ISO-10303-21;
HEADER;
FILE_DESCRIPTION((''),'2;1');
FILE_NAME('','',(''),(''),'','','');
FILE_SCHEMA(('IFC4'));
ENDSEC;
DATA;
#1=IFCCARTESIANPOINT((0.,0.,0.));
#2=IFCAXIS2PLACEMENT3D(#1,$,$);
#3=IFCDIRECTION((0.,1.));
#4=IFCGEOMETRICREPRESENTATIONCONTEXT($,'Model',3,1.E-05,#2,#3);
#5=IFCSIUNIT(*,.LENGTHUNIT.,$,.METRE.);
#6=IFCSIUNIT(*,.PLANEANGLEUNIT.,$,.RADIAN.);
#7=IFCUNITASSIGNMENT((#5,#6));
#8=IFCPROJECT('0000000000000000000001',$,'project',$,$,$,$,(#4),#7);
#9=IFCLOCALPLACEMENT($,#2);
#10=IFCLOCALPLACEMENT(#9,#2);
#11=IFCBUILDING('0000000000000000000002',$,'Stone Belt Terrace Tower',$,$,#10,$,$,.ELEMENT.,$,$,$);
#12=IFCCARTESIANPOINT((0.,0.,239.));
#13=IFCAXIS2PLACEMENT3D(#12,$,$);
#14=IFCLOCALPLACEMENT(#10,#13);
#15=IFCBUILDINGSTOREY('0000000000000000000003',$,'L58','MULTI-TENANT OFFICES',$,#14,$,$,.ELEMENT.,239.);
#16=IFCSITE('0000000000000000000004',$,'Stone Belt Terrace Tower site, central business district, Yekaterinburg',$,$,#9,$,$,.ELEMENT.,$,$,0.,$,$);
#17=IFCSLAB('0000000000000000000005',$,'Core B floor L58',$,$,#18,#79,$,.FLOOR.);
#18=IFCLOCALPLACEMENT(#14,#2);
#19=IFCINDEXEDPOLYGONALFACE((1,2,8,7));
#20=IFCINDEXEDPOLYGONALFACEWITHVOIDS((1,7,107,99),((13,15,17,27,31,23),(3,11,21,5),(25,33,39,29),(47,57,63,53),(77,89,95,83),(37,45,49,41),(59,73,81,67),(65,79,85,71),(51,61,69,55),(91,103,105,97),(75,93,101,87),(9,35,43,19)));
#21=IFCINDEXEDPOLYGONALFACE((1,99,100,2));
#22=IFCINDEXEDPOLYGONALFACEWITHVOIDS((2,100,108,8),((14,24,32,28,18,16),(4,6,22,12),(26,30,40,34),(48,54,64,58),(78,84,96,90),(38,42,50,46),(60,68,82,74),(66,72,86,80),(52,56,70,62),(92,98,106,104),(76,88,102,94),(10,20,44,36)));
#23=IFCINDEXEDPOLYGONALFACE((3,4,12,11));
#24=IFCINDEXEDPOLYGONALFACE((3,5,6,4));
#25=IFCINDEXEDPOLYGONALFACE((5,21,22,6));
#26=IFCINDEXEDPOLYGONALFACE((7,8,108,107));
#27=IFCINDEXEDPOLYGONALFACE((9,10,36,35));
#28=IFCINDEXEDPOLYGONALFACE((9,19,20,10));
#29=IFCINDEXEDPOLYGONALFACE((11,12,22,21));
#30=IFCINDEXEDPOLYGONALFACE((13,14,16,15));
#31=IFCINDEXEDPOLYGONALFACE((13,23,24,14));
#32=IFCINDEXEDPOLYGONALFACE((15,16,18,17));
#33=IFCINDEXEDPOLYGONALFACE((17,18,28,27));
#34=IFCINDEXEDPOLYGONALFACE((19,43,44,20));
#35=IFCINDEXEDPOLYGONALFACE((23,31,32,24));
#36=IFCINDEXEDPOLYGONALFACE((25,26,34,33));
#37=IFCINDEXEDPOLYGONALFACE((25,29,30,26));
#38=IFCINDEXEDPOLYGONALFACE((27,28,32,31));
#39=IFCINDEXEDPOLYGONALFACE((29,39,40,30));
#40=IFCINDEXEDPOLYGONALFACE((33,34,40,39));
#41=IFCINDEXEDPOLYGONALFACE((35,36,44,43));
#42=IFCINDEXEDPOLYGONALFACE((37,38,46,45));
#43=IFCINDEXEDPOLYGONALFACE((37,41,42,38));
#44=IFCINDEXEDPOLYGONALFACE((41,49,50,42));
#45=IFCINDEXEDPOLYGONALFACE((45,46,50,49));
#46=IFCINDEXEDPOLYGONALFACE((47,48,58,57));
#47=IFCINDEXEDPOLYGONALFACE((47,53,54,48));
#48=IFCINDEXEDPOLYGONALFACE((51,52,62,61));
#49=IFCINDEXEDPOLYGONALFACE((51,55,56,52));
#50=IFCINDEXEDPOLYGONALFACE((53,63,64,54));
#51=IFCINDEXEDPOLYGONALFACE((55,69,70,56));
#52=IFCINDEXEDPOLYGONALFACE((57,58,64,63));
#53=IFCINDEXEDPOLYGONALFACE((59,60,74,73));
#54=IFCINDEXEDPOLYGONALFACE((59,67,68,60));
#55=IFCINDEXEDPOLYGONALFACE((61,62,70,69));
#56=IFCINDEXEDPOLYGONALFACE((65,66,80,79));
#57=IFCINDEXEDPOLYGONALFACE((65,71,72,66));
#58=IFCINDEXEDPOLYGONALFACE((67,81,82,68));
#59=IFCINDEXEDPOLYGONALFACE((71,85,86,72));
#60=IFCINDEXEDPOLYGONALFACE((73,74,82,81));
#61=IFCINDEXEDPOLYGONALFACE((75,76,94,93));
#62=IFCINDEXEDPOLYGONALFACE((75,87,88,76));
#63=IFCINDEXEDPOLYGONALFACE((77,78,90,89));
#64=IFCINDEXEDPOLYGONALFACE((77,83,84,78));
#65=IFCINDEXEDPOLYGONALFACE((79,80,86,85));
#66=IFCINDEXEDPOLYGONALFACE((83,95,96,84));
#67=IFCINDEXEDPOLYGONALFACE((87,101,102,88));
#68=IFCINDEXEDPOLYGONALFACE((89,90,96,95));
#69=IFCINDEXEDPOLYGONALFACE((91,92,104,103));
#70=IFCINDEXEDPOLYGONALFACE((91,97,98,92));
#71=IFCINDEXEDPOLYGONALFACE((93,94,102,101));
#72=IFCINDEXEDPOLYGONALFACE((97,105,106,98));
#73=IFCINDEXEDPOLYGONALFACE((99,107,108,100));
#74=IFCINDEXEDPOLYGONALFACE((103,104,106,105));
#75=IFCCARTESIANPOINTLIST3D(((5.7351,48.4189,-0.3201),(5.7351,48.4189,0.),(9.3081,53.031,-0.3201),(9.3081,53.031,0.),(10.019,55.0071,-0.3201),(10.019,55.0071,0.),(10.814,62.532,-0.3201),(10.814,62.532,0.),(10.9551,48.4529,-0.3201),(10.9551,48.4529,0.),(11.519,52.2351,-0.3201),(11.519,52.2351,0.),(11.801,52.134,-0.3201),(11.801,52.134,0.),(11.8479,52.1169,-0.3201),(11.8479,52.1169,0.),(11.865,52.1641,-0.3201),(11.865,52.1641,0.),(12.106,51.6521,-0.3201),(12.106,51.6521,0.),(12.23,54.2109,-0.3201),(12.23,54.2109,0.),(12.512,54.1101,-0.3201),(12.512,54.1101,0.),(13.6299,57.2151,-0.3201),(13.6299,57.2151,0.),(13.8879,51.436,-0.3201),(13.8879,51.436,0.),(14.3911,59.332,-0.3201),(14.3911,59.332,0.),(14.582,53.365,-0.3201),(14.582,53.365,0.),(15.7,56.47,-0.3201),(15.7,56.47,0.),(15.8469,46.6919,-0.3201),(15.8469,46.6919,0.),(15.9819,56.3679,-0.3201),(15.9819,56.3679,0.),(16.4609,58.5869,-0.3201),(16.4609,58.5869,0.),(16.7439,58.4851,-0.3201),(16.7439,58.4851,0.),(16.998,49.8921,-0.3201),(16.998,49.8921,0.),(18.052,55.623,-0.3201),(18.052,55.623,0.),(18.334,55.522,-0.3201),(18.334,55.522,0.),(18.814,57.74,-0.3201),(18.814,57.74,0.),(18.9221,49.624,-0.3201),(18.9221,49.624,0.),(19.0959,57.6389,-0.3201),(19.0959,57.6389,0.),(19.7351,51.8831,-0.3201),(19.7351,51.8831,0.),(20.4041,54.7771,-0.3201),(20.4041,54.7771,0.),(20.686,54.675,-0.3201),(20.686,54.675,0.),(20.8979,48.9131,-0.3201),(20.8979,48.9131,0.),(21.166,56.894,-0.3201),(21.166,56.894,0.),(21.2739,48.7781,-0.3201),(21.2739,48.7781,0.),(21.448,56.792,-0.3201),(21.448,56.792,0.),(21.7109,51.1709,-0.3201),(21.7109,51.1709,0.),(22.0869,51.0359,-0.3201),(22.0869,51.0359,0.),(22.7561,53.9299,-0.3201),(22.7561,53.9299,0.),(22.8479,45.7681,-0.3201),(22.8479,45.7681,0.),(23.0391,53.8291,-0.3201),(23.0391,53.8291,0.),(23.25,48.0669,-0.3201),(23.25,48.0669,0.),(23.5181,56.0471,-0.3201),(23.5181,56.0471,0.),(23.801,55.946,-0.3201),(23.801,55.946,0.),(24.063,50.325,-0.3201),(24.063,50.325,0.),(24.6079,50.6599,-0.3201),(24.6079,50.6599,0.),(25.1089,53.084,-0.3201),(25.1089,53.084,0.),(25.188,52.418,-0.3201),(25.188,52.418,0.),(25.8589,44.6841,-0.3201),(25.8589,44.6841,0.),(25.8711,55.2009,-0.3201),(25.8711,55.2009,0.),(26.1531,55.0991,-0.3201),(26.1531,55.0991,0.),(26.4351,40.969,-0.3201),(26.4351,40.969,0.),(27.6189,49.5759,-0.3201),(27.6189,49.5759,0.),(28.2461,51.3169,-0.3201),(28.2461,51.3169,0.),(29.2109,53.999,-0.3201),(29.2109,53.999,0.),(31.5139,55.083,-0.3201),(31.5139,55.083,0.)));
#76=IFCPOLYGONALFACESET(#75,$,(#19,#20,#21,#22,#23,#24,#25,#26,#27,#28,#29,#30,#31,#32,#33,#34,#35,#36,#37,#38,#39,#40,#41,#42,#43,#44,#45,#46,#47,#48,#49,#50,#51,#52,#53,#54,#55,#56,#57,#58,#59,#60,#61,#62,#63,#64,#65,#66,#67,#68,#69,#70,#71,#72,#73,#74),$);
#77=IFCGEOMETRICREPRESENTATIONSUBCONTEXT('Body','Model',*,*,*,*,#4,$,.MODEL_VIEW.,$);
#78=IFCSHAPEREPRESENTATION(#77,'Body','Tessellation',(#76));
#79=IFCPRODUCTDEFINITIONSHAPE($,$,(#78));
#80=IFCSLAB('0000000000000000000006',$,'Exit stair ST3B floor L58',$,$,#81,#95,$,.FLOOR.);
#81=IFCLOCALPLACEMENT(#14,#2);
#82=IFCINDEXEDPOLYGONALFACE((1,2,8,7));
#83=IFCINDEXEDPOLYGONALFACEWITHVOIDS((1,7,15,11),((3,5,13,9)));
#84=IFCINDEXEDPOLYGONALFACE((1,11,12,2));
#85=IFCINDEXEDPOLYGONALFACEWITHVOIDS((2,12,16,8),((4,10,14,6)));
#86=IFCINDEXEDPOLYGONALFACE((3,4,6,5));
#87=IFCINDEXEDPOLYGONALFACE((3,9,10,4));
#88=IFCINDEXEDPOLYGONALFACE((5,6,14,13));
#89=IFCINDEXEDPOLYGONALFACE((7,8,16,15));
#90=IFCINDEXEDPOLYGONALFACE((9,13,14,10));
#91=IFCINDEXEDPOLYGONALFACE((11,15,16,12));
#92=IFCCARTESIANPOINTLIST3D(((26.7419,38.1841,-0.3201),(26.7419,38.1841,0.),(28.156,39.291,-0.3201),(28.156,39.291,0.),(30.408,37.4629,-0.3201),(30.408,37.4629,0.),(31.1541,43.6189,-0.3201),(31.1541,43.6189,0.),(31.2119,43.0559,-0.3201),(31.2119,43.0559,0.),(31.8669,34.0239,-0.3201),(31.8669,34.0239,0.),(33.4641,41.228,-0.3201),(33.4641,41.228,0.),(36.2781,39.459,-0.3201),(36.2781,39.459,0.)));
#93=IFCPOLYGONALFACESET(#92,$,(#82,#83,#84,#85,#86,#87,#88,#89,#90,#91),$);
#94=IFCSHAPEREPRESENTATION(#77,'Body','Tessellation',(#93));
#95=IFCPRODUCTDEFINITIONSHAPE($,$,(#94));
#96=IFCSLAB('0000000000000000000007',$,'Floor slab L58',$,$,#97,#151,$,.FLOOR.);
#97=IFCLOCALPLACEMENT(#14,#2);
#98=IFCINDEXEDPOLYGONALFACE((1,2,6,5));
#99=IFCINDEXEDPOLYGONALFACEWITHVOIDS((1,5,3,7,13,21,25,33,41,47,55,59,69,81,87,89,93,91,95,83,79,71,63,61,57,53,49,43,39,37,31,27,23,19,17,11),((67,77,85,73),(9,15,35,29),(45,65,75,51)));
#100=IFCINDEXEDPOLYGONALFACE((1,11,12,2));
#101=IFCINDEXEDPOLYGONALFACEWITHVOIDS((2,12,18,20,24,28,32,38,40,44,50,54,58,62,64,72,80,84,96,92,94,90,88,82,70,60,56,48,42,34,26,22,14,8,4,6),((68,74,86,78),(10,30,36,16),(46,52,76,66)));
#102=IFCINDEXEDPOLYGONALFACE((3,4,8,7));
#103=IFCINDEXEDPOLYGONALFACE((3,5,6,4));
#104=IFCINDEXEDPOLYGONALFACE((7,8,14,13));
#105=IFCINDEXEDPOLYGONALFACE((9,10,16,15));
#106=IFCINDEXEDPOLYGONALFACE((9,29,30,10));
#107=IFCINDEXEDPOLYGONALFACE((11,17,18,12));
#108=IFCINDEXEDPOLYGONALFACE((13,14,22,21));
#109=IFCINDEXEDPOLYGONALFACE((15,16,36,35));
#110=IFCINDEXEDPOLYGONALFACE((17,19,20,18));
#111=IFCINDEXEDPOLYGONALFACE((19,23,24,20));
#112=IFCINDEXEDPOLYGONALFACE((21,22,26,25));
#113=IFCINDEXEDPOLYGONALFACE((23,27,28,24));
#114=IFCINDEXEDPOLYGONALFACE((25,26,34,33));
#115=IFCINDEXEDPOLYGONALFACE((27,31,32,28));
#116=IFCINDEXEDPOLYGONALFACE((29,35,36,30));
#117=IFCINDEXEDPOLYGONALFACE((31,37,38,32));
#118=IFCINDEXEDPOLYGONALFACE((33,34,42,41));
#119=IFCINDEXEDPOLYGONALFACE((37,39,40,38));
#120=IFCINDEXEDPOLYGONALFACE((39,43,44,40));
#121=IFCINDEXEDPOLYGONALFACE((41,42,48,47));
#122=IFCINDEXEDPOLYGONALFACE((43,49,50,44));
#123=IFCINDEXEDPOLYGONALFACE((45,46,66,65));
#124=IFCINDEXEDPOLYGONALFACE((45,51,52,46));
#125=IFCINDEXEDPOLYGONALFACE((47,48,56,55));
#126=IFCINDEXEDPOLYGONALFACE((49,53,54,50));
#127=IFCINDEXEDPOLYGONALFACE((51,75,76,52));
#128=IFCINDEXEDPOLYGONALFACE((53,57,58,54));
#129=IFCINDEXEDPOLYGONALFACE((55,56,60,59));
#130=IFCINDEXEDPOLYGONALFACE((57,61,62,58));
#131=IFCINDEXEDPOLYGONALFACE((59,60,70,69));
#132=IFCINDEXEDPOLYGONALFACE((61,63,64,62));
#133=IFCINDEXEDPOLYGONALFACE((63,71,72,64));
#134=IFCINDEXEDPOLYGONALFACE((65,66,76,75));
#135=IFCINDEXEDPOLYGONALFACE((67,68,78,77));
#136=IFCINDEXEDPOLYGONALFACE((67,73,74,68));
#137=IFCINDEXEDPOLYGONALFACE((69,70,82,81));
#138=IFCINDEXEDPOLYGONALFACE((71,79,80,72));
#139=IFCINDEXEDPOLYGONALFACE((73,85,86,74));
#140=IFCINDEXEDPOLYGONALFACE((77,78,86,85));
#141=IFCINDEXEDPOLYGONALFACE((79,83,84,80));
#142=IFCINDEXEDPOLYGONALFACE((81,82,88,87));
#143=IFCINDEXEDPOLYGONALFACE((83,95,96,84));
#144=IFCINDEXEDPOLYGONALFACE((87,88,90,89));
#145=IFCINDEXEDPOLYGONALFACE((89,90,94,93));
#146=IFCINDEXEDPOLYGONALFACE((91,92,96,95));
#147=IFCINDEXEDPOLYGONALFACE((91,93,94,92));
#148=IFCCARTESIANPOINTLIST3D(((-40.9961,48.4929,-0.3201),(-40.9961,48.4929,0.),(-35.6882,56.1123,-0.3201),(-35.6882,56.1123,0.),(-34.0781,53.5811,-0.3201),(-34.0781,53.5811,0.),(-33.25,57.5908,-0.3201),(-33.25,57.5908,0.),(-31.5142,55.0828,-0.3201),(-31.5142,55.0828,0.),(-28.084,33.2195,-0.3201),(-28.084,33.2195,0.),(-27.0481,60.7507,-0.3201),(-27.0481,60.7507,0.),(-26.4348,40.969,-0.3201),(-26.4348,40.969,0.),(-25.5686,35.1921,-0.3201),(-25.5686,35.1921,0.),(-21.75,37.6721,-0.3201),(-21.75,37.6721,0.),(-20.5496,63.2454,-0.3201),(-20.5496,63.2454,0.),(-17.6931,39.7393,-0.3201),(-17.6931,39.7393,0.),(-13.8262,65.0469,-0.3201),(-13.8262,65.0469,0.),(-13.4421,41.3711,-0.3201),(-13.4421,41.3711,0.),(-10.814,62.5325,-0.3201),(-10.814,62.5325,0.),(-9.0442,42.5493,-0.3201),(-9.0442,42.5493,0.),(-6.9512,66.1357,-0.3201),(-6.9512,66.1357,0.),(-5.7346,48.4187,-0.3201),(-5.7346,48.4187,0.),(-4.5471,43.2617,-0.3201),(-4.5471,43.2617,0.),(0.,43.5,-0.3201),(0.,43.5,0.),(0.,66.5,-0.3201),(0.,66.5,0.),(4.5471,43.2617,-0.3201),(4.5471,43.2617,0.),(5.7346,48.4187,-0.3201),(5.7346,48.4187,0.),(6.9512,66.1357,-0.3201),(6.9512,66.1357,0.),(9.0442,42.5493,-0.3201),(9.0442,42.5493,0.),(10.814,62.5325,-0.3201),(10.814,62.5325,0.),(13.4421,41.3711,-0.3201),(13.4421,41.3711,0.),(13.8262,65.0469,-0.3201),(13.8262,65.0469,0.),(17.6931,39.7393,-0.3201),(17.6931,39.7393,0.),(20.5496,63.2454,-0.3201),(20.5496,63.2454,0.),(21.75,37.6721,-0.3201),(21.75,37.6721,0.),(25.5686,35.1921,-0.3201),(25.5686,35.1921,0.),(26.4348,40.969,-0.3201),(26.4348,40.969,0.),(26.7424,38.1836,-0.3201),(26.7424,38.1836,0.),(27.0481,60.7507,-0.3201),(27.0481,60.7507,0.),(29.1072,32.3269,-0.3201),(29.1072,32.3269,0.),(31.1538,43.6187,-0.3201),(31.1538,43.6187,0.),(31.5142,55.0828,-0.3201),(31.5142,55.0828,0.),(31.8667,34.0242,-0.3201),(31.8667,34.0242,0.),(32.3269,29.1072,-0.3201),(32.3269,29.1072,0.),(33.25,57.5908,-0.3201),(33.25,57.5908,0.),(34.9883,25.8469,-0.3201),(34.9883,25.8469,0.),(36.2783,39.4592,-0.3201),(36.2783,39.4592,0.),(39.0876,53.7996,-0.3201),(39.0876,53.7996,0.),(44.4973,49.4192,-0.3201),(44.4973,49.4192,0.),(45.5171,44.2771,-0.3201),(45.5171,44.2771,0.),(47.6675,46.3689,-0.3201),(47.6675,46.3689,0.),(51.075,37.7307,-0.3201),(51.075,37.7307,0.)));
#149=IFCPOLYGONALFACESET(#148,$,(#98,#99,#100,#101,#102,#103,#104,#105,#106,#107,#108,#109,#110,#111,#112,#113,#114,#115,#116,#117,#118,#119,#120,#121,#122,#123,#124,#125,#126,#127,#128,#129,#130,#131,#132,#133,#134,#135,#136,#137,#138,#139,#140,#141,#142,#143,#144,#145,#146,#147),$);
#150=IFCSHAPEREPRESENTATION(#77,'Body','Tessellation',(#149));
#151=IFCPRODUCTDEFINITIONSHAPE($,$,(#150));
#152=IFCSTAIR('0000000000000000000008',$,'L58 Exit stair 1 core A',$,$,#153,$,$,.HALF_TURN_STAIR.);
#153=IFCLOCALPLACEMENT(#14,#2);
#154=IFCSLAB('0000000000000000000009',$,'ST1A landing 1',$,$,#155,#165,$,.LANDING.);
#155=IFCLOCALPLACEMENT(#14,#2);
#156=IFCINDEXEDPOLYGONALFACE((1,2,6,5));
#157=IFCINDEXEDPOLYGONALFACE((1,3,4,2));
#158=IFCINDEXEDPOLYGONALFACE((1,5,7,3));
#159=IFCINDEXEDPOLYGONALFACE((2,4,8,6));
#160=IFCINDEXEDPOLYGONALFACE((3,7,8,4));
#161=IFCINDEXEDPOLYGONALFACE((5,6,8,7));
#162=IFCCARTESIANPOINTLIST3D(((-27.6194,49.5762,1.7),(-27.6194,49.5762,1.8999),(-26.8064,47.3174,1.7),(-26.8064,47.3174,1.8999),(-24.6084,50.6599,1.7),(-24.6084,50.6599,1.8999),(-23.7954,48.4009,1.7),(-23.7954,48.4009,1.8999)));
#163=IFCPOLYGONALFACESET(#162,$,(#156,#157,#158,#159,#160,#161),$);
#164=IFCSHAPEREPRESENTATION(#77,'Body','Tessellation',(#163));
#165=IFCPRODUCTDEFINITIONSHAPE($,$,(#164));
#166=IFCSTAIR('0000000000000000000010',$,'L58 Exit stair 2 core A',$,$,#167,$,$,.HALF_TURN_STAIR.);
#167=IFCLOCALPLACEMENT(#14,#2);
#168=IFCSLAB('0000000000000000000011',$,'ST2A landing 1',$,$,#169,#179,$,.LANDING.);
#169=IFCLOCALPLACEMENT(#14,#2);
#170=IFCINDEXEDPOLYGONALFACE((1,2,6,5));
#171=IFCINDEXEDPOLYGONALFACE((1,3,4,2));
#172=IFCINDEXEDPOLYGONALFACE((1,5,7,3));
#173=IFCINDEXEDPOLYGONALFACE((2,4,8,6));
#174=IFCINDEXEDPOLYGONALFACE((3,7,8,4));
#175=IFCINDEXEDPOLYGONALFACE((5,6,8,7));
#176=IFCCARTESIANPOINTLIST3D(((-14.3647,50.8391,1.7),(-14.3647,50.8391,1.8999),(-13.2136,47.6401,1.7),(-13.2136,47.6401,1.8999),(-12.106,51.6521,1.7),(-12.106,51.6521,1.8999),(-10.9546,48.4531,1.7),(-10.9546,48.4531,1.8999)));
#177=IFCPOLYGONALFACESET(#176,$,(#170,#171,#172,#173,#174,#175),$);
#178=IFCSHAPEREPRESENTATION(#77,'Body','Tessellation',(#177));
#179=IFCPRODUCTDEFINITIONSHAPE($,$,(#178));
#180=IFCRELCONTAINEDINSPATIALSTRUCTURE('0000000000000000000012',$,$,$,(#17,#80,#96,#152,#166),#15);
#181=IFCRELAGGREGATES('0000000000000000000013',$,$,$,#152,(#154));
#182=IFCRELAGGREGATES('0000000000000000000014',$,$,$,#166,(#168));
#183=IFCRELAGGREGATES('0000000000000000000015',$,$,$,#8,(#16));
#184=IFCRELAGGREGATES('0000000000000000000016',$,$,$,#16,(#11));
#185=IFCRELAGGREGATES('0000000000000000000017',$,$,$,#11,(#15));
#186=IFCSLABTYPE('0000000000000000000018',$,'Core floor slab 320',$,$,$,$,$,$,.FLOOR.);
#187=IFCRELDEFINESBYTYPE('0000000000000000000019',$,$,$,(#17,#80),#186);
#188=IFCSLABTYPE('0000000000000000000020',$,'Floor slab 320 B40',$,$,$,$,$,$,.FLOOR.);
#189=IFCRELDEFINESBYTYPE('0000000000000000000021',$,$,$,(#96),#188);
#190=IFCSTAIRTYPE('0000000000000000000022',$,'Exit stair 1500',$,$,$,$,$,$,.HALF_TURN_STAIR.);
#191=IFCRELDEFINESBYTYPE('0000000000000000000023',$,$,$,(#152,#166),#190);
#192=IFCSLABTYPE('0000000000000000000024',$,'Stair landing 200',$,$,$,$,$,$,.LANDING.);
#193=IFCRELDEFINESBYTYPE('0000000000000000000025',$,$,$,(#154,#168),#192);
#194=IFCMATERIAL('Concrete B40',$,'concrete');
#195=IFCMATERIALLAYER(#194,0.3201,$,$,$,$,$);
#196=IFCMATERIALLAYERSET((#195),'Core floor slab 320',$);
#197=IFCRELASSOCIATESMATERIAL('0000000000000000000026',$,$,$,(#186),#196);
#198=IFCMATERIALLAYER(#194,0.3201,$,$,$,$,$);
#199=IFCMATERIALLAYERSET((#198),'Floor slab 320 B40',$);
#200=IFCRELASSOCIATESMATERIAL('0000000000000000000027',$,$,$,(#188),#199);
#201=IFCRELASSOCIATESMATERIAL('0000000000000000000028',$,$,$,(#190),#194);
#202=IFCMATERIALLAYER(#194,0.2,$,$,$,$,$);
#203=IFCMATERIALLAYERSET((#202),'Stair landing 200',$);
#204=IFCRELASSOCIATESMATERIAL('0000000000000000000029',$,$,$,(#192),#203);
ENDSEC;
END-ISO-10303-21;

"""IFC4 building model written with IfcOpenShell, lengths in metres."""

from ifc_helpers import new_model, si_unit, direction, frame, origin, place, context, subcontext, project, spatial, polyline, outline, extrude, material, layer, layer_set, type_object, element, aggregate, save


model = new_model("IFC4")

# Units and contexts
model_context = context("Model", 3, precision=1e-05, world=origin(), true_north=direction((0.0, 1.0)))
body_context = subcontext(model_context, "Body", "Model", "MODEL_VIEW")
ifc_project = project(units=[si_unit("LENGTHUNIT", "METRE"), si_unit("PLANEANGLEUNIT", "RADIAN")], contexts=[model_context])

# Site, building, storey
site_placement = place(None, origin())
site = spatial("IfcSite", under=ifc_project, at=site_placement, Name="Stone Belt Terrace Tower site, central business district, Yekaterinburg", CompositionType="ELEMENT", RefElevation=0.0)
building_placement = place(site_placement, origin())
building = spatial("IfcBuilding", under=site, at=building_placement, Name="Stone Belt Terrace Tower", CompositionType="ELEMENT")
storey_placement = place(building_placement, frame((0.0, 0.0, 239.0)))
storey = spatial("IfcBuildingStorey", under=building, at=storey_placement, Name="L58", Description="MULTI-TENANT OFFICES", CompositionType="ELEMENT", Elevation=239.0)

# Slabs
ifc_material_1 = material(Name="Concrete B40", Category="concrete")
ifc_layer_1 = layer(ifc_material_1, 0.3201)
ifc_layer_set_1 = layer_set([ifc_layer_1], Name="Core floor slab 320")
slab_type_1 = type_object("IfcSlabType", Name="Core floor slab 320", PredefinedType="FLOOR", material=ifc_layer_set_1)
slab_1_placement = place(storey_placement, frame((0.0, 0.0, -0.3201)))
element("IfcSlab", 1, at=slab_1_placement, inside=storey, type_object=slab_type_1, Name="Core B floor L58", PredefinedType="FLOOR", context=body_context, shape_type="SweptSolid", body=[
    extrude(outline(polyline([(26.4351, 40.969), (31.5139, 55.083), (10.814, 62.532), (5.7351, 48.4189), (26.4351, 40.969)]), holes=[polyline([(12.106, 51.6521), (16.998, 49.8921), (15.8469, 46.6919), (10.9551, 48.4529), (12.106, 51.6521)]), polyline([(12.512, 54.1101), (14.582, 53.365), (13.8879, 51.436), (11.865, 52.1641), (11.8479, 52.1169), (11.801, 52.134), (12.512, 54.1101)]), polyline([(9.3081, 53.031), (10.019, 55.0071), (12.23, 54.2109), (11.519, 52.2351), (9.3081, 53.031)]), polyline([(18.334, 55.522), (19.0959, 57.6389), (21.166, 56.894), (20.4041, 54.7771), (18.334, 55.522)]), polyline([(16.7439, 58.4851), (18.814, 57.74), (18.052, 55.623), (15.9819, 56.3679), (16.7439, 58.4851)]), polyline([(14.3911, 59.332), (16.4609, 58.5869), (15.7, 56.47), (13.6299, 57.2151), (14.3911, 59.332)]), polyline([(27.6189, 49.5759), (25.8589, 44.6841), (22.8479, 45.7681), (24.6079, 50.6599), (27.6189, 49.5759)]), polyline([(23.25, 48.0669), (21.2739, 48.7781), (22.0869, 51.0359), (24.063, 50.325), (23.25, 48.0669)]), polyline([(20.8979, 48.9131), (18.9221, 49.624), (19.7351, 51.8831), (21.7109, 51.1709), (20.8979, 48.9131)]), polyline([(26.1531, 55.0991), (29.2109, 53.999), (28.2461, 51.3169), (25.188, 52.418), (26.1531, 55.0991)]), polyline([(23.801, 55.946), (25.8711, 55.2009), (25.1089, 53.084), (23.0391, 53.8291), (23.801, 55.946)]), polyline([(21.448, 56.792), (23.5181, 56.0471), (22.7561, 53.9299), (20.686, 54.675), (21.448, 56.792)])]), origin(), (0.0, 0.0, 1.0), 0.3201),
])
slab_2_placement = place(storey_placement, frame((0.0, 0.0, -0.3201)))
element("IfcSlab", 2, at=slab_2_placement, inside=storey, type_object=slab_type_1, Name="Exit stair ST3B floor L58", PredefinedType="FLOOR", context=body_context, shape_type="SweptSolid", body=[
    extrude(outline(polyline([(26.7419, 38.1841), (31.8669, 34.0239), (36.2781, 39.459), (31.1541, 43.6189), (26.7419, 38.1841)]), holes=[polyline([(30.408, 37.4629), (28.156, 39.291), (31.2119, 43.0559), (33.4641, 41.228), (30.408, 37.4629)])]), origin(), (0.0, 0.0, 1.0), 0.3201),
])
ifc_layer_2 = layer(ifc_material_1, 0.3201)
ifc_layer_set_2 = layer_set([ifc_layer_2], Name="Floor slab 320 B40")
slab_type_2 = type_object("IfcSlabType", Name="Floor slab 320 B40", PredefinedType="FLOOR", material=ifc_layer_set_2)
slab_3_placement = place(storey_placement, frame((0.0, 0.0, -0.3201)))
element("IfcSlab", 3, at=slab_3_placement, inside=storey, type_object=slab_type_2, Name="Floor slab L58", PredefinedType="FLOOR", context=body_context, shape_type="SweptSolid", body=[
    extrude(outline(polyline([(-35.6882, 56.1123), (-33.25, 57.5908), (-27.0481, 60.7507), (-20.5496, 63.2454), (-13.8262, 65.0469), (-6.9512, 66.1357), (0.0, 66.5), (6.9512, 66.1357), (13.8262, 65.0469), (20.5496, 63.2454), (27.0481, 60.7507), (33.25, 57.5908), (39.0876, 53.7996), (44.4973, 49.4192), (47.6675, 46.3689), (45.5171, 44.2771), (51.075, 37.7307), (34.9883, 25.8469), (32.3269, 29.1072), (29.1072, 32.3269), (25.5686, 35.1921), (21.75, 37.6721), (17.6931, 39.7393), (13.4421, 41.3711), (9.0442, 42.5493), (4.5471, 43.2617), (0.0, 43.5), (-4.5471, 43.2617), (-9.0442, 42.5493), (-13.4421, 41.3711), (-17.6931, 39.7393), (-21.75, 37.6721), (-25.5686, 35.1921), (-28.084, 33.2195), (-40.9961, 48.4929), (-34.0781, 53.5811), (-35.6882, 56.1123)]), holes=[polyline([(-31.5142, 55.0828), (-26.4348, 40.969), (-5.7346, 48.4187), (-10.814, 62.5325), (-31.5142, 55.0828)]), polyline([(31.5142, 55.0828), (10.814, 62.5325), (5.7346, 48.4187), (26.4348, 40.969), (31.5142, 55.0828)]), polyline([(36.2783, 39.4592), (31.1538, 43.6187), (26.7424, 38.1836), (31.8667, 34.0242), (36.2783, 39.4592)])]), origin(), (0.0, 0.0, 1.0), 0.3201),
])

# Stairs, slabs
stair_type = type_object("IfcStairType", Name="Exit stair 1500", PredefinedType="HALF_TURN_STAIR", material=ifc_material_1)
stair_1_placement = place(storey_placement, origin())
stair_1 = element("IfcStair", 4, at=stair_1_placement, inside=storey, type_object=stair_type, Name="L58 Exit stair 1 core A", PredefinedType="HALF_TURN_STAIR")
ifc_layer_3 = layer(ifc_material_1, 0.2)
ifc_layer_set_3 = layer_set([ifc_layer_3], Name="Stair landing 200")
slab_type_3 = type_object("IfcSlabType", Name="Stair landing 200", PredefinedType="LANDING", material=ifc_layer_set_3)
slab_4_placement = place(storey_placement, frame((0.0, 0.0, 1.7)))
slab_4 = element("IfcSlab", 5, at=slab_4_placement, type_object=slab_type_3, Name="ST1A landing 1", PredefinedType="LANDING", context=body_context, shape_type="SweptSolid", body=[
    extrude(outline(polyline([(-23.7954, 48.4009), (-24.6084, 50.6599), (-27.6194, 49.5762), (-26.8064, 47.3174), (-23.7954, 48.4009)])), origin(), (0.0, 0.0, 1.0), 0.2),
])
aggregate(stair_1, [slab_4])
stair_2_placement = place(storey_placement, origin())
stair_2 = element("IfcStair", 6, at=stair_2_placement, inside=storey, type_object=stair_type, Name="L58 Exit stair 2 core A", PredefinedType="HALF_TURN_STAIR")
slab_5_placement = place(storey_placement, frame((0.0, 0.0, 1.7)))
slab_5 = element("IfcSlab", 7, at=slab_5_placement, type_object=slab_type_3, Name="ST2A landing 1", PredefinedType="LANDING", context=body_context, shape_type="SweptSolid", body=[
    extrude(outline(polyline([(-13.2136, 47.6401), (-10.9546, 48.4531), (-12.106, 51.6521), (-14.3647, 50.8391), (-13.2136, 47.6401)])), origin(), (0.0, 0.0, 1.0), 0.2),
])
aggregate(stair_2, [slab_5])

save(model, "model.ifc")
